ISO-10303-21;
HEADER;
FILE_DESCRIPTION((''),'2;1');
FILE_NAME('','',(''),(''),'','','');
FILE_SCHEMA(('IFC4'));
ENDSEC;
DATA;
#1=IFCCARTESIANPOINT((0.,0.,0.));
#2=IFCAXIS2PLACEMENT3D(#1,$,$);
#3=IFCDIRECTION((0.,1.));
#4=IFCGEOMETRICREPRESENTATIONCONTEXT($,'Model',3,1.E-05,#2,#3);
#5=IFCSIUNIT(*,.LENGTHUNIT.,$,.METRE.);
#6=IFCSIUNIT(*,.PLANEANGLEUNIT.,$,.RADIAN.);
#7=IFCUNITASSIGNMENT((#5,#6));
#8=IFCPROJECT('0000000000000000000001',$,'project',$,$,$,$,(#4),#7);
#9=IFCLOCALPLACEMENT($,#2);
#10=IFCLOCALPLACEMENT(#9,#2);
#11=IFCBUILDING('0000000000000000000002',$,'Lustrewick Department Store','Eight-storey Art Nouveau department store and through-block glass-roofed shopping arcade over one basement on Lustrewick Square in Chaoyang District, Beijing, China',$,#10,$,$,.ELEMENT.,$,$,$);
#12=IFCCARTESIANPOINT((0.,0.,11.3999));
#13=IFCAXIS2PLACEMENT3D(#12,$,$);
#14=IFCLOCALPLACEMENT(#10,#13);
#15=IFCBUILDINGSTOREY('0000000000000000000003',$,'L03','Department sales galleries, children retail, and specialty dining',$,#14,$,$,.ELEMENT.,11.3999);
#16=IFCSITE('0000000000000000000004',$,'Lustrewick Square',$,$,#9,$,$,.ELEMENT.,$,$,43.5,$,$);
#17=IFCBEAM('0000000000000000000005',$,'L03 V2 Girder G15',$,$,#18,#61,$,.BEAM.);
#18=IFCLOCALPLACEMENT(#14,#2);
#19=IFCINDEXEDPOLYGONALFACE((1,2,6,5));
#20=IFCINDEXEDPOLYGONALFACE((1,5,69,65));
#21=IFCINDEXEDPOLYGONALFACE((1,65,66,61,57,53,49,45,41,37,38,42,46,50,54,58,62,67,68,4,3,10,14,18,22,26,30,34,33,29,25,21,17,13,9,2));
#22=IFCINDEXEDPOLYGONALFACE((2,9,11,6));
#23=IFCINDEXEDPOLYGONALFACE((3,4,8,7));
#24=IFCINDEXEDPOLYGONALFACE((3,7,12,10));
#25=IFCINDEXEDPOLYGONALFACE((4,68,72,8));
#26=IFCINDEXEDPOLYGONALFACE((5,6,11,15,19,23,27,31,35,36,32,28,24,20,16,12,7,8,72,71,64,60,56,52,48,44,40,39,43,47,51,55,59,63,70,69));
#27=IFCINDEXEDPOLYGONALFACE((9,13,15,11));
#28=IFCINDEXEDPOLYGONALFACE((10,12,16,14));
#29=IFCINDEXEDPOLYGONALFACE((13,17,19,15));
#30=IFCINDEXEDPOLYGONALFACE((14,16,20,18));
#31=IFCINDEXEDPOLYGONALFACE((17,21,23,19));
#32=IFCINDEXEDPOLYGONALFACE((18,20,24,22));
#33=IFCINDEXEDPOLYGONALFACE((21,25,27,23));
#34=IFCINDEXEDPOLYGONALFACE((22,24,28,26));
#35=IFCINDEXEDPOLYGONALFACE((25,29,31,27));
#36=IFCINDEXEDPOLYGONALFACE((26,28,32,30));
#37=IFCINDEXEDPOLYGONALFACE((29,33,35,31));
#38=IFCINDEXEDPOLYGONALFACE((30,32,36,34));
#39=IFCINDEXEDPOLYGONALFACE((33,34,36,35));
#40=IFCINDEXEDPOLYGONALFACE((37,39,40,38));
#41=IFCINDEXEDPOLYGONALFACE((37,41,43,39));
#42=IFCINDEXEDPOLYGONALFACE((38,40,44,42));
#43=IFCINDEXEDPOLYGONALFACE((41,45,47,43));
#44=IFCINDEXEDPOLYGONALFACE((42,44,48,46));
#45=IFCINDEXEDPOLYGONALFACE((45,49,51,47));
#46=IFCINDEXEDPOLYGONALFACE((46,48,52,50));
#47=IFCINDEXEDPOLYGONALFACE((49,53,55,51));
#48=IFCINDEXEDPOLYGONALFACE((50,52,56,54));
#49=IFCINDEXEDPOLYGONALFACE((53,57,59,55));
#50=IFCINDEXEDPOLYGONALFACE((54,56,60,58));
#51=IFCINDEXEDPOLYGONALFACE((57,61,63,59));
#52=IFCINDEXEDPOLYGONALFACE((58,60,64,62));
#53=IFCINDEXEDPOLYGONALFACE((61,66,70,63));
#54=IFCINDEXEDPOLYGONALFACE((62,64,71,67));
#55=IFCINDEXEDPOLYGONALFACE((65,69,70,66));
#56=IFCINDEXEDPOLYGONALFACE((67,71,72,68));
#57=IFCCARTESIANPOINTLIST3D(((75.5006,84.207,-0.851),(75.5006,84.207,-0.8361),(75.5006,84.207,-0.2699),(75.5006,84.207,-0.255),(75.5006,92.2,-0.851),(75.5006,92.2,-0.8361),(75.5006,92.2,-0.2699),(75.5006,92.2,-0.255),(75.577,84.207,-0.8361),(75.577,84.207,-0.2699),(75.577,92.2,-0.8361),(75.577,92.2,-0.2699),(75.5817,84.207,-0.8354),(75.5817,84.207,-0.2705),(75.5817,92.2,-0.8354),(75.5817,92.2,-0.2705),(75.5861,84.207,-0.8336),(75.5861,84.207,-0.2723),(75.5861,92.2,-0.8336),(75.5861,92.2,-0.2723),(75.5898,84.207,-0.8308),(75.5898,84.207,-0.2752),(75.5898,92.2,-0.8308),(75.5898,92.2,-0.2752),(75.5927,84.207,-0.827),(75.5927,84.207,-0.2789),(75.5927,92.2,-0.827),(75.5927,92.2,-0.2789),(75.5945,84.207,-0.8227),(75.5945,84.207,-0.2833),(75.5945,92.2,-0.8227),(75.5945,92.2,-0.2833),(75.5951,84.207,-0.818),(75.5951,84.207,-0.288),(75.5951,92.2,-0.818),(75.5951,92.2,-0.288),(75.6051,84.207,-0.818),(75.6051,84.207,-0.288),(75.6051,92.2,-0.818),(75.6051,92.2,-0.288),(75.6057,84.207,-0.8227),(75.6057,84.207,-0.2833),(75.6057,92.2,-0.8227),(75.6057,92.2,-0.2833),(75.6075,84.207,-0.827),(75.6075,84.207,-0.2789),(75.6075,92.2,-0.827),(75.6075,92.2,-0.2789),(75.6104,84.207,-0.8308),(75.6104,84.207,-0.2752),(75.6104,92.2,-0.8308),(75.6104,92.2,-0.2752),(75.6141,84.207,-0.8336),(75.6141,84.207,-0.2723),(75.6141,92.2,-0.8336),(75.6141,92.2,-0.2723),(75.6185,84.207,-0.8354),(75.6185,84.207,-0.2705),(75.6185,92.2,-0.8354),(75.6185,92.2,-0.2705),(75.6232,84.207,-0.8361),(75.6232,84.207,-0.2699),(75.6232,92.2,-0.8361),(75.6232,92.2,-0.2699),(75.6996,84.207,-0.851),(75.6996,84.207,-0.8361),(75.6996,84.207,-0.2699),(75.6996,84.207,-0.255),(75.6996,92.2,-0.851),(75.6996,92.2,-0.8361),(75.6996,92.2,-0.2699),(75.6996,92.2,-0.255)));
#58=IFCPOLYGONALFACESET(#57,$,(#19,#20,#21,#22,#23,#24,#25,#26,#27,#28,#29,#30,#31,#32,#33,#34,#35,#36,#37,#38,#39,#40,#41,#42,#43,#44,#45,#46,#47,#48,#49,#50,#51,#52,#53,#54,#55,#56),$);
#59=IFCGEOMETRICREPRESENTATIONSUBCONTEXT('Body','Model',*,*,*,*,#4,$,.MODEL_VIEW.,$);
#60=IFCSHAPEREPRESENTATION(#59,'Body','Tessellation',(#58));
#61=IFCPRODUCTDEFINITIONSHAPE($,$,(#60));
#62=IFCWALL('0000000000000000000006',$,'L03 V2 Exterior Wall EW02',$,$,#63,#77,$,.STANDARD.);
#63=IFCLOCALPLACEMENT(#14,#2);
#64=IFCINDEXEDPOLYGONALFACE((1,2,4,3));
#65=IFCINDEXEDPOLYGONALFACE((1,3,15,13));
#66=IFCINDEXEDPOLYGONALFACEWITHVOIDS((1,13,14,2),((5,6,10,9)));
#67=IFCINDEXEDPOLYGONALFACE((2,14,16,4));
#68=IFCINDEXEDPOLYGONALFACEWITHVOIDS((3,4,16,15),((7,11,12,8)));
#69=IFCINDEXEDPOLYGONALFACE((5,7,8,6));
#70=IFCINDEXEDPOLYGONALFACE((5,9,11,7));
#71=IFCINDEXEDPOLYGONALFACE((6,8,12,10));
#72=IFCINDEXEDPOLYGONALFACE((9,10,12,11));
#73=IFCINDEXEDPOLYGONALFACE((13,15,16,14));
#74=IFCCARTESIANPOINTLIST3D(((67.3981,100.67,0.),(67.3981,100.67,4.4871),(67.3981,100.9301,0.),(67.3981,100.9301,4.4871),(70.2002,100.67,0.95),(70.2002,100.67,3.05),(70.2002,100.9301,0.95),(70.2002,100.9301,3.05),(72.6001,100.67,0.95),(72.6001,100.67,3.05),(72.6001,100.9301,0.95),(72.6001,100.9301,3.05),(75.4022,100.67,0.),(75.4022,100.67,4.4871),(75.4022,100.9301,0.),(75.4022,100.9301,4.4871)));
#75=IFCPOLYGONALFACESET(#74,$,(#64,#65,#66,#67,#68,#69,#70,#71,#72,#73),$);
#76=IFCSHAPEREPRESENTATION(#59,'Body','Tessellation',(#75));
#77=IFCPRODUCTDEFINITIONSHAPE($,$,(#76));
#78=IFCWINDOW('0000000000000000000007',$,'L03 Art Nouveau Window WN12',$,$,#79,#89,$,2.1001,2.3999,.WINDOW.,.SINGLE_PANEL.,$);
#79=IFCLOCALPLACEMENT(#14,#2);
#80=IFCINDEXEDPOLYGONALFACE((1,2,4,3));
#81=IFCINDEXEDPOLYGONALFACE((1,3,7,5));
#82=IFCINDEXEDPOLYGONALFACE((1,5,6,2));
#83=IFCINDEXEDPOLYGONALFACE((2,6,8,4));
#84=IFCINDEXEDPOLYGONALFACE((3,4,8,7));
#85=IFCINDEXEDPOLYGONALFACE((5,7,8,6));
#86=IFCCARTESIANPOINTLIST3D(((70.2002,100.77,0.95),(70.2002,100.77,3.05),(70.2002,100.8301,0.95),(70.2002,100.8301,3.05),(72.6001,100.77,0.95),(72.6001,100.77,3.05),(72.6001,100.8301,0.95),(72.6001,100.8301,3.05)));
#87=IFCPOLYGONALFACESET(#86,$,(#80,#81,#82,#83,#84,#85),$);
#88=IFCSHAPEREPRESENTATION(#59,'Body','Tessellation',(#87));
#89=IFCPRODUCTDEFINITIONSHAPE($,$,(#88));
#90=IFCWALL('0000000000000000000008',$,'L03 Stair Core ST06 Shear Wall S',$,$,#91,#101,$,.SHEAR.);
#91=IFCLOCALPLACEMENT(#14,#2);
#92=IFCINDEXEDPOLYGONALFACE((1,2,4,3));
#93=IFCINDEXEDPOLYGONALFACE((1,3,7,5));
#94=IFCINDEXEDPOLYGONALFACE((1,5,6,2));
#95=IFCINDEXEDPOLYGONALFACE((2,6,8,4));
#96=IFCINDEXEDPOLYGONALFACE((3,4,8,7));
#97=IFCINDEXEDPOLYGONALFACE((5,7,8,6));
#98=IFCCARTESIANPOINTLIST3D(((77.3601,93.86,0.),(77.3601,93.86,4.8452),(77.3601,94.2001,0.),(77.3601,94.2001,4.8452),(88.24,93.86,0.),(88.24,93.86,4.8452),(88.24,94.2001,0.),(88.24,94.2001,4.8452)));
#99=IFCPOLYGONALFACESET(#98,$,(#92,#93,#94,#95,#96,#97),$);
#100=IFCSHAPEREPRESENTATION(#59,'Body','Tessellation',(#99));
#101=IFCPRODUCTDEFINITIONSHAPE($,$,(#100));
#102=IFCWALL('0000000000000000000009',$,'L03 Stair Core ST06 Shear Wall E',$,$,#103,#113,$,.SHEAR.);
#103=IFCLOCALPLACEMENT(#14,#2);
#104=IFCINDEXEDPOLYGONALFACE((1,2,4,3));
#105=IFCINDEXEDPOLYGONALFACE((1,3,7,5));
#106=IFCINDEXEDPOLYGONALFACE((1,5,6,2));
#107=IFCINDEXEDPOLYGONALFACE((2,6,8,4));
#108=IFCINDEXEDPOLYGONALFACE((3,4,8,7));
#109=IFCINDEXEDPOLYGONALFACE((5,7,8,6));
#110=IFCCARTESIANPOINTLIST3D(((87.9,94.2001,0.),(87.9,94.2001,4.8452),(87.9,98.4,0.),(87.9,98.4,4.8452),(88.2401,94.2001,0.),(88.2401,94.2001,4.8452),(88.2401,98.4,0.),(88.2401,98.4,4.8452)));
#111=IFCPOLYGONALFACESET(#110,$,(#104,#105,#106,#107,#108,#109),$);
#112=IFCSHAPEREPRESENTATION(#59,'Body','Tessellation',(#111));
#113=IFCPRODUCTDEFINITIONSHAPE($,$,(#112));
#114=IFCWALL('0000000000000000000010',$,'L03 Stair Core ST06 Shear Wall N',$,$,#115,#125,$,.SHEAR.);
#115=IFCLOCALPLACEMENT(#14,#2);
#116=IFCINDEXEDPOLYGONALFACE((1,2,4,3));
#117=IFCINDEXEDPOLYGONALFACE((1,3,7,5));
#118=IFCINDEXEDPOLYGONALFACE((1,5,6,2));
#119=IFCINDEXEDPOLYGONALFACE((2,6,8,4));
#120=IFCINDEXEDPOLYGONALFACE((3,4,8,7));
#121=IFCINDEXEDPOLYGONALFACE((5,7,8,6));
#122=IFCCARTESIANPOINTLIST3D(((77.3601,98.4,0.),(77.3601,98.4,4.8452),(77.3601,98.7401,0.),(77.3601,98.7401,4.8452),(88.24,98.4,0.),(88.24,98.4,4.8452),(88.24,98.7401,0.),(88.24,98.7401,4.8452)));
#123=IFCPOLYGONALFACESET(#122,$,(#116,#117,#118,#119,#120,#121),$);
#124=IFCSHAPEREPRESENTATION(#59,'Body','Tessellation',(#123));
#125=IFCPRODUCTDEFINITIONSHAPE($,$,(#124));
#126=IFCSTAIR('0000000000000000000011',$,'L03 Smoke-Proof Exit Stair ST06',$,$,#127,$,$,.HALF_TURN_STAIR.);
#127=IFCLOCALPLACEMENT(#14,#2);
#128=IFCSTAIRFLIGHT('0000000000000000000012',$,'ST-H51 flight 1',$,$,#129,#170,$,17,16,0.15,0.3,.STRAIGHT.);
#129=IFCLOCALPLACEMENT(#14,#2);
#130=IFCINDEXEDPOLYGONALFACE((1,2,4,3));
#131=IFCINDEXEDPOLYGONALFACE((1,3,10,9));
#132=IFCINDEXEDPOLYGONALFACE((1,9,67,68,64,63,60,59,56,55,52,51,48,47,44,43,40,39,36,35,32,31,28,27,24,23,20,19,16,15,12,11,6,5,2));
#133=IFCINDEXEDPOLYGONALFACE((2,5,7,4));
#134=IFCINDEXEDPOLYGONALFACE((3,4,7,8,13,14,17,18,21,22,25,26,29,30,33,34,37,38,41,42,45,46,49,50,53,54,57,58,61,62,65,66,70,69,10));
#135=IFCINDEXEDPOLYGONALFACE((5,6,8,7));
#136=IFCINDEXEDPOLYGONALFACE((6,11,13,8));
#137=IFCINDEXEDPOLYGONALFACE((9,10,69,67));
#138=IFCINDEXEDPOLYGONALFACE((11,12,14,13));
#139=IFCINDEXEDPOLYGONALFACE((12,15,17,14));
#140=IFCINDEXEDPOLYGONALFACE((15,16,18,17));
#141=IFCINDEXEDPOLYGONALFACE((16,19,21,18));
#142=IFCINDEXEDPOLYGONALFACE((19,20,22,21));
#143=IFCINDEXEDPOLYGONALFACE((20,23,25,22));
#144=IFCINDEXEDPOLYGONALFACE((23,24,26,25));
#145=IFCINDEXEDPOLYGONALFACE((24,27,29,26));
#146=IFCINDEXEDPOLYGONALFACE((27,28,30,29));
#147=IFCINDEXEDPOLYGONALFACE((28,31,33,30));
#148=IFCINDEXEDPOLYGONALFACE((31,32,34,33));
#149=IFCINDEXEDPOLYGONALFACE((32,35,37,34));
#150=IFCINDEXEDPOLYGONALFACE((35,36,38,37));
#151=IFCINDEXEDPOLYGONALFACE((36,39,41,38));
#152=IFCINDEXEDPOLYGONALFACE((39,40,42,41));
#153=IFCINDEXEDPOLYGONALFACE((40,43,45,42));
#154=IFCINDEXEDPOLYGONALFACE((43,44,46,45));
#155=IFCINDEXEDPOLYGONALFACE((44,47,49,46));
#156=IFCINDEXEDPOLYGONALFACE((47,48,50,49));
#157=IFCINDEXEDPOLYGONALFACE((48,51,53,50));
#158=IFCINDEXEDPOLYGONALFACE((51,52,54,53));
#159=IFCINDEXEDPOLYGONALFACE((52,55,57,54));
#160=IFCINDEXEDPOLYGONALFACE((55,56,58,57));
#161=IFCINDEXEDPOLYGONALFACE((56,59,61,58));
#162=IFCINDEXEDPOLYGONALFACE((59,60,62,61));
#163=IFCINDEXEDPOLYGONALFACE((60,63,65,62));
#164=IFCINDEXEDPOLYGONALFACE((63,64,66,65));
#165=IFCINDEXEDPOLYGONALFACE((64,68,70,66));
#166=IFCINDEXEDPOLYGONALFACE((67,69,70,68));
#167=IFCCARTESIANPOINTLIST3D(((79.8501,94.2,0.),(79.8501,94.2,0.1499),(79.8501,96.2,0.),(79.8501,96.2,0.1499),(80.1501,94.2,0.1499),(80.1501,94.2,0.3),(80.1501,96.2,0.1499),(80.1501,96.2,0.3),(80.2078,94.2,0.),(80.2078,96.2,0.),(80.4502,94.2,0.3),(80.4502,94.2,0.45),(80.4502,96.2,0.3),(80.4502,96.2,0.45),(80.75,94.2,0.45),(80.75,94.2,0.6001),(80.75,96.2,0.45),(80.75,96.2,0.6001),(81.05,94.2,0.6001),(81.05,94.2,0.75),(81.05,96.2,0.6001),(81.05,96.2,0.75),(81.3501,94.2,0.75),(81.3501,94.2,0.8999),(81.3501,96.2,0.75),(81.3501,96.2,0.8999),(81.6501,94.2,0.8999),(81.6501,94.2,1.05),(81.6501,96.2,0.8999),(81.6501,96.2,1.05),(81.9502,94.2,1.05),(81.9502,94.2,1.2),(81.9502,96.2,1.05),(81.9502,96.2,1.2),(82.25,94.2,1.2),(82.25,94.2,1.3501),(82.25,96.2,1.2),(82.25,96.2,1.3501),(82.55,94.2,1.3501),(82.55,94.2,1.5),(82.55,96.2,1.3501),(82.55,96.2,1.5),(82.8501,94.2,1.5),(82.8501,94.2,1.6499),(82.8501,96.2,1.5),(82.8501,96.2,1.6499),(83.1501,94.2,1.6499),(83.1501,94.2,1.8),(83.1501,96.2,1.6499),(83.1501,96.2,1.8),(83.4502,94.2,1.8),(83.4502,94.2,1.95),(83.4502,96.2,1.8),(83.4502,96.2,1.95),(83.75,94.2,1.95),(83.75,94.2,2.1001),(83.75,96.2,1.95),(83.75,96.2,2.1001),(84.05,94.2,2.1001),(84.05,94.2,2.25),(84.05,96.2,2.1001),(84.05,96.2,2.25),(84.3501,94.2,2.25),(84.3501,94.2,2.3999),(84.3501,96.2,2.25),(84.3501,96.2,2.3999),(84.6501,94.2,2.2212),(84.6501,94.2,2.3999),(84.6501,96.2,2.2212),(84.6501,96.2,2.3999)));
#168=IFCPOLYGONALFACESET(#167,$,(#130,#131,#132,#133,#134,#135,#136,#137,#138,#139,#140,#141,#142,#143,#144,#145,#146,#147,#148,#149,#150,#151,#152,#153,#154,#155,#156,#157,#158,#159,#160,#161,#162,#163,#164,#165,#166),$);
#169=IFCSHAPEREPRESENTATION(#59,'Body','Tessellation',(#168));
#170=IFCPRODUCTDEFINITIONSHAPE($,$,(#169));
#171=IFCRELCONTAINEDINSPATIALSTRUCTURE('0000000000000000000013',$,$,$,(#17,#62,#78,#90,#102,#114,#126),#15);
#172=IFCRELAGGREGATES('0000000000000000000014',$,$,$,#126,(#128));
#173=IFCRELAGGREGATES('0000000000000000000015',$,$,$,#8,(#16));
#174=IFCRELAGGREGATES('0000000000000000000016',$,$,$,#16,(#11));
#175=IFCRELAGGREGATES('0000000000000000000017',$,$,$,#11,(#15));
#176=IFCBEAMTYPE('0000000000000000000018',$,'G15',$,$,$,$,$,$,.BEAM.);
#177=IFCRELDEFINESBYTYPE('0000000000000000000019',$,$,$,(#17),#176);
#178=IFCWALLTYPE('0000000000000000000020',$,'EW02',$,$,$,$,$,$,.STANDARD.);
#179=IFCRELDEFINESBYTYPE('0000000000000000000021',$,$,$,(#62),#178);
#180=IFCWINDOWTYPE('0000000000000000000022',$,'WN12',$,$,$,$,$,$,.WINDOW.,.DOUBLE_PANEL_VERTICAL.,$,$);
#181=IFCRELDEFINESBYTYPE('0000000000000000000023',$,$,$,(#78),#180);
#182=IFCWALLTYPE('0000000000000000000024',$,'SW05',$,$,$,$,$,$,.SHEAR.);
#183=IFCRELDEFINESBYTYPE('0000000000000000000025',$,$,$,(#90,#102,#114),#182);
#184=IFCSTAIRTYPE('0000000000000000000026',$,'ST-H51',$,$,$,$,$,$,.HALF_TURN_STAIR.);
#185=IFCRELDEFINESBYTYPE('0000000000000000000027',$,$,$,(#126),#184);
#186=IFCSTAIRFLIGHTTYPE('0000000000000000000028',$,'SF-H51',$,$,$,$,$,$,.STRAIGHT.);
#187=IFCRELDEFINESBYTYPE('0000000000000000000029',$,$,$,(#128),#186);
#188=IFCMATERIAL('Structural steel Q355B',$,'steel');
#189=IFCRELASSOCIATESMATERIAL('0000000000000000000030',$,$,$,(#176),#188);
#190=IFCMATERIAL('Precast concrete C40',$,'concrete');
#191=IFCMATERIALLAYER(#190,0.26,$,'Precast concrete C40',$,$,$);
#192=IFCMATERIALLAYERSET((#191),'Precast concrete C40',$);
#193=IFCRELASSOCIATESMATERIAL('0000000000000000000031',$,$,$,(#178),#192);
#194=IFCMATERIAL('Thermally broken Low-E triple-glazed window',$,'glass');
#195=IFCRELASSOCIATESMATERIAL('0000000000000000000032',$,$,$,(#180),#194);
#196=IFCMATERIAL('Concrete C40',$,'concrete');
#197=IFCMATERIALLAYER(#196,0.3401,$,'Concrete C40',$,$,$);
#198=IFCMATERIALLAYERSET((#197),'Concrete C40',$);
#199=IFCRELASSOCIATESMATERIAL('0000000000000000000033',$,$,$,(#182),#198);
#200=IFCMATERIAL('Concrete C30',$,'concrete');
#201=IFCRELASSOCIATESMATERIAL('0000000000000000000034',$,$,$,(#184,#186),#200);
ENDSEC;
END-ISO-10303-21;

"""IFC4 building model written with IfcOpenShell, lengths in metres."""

from ifc_helpers import new_model, si_unit, direction, frame, frame_2d, origin, origin_2d, place, context, subcontext, project, spatial, polyline, rectangle, i_section, outline, extrude, material, layer, layer_set, material_profile, profile_set, type_object, element, fill, aggregate, save


model = new_model("IFC4")

# Units and contexts
model_context = context("Model", 3, precision=1e-05, world=origin(), true_north=direction((0.0, 1.0)))
body_context = subcontext(model_context, "Body", "Model", "MODEL_VIEW")
ifc_project = project(units=[si_unit("LENGTHUNIT", "METRE"), si_unit("PLANEANGLEUNIT", "RADIAN")], contexts=[model_context])

# Site, building, storey
site_placement = place(None, origin())
site = spatial("IfcSite", under=ifc_project, at=site_placement, Name="Lustrewick Square", CompositionType="ELEMENT", RefElevation=43.5)
building_placement = place(site_placement, origin())
building = spatial("IfcBuilding", under=site, at=building_placement, Name="Lustrewick Department Store", Description="Eight-storey Art Nouveau department store and through-block glass-roofed shopping arcade over one basement on Lustrewick Square in Chaoyang District, Beijing, China", CompositionType="ELEMENT")
storey_placement = place(building_placement, frame((0.0, 0.0, 11.3999)))
storey = spatial("IfcBuildingStorey", under=building, at=storey_placement, Name="L03", Description="Department sales galleries, children retail, and specialty dining", CompositionType="ELEMENT", Elevation=11.3999)

# Shared definitions
ifc_material_1 = material(Name="Structural steel Q355B", Category="steel")

# Beam
ifc_material_profile_1 = material_profile(ifc_material_1, i_section(OverallWidth=0.199, OverallDepth=0.5959, WebThickness=0.01, FlangeThickness=0.0149, FilletRadius=0.0181, at=origin_2d()), Name="HN 596x199x10x15")
ifc_profile_set_1 = profile_set([ifc_material_profile_1], Name="Structural steel Q355B")
beam_type_1 = type_object("IfcBeamType", Name="G15", PredefinedType="BEAM", material=ifc_profile_set_1)
beam_1_placement = place(storey_placement, frame((75.6001, 84.207, -0.553), z_axis=(0.0, 1.0, 0.0), x_axis=(-1.0, 0.0, 0.0)))
element("IfcBeam", 1, at=beam_1_placement, inside=storey, type_object=beam_type_1, Name="L03 V2 Girder G15", PredefinedType="BEAM", context=body_context, shape_type="SweptSolid", body=[
    extrude(i_section(OverallWidth=0.199, OverallDepth=0.5959, WebThickness=0.01, FlangeThickness=0.0149, FilletRadius=0.0181, at=origin_2d()), origin(), (0.0, 0.0, 1.0), 7.9929),
])

# Wall, opening, window
ifc_material_2 = material(Name="Precast concrete C40", Category="concrete")
ifc_layer_1 = layer(ifc_material_2, 0.26, Name="Precast concrete C40")
ifc_layer_set_1 = layer_set([ifc_layer_1], Name="Precast concrete C40")
wall_type_1 = type_object("IfcWallType", Name="EW02", PredefinedType="STANDARD", material=ifc_layer_set_1)
wall_1_placement = place(storey_placement, frame((75.4021, 100.8, 0.0), z_axis=(0.0, 0.0, 1.0), x_axis=(-1.0, 0.0, 0.0)))
wall_1 = element("IfcWall", 2, at=wall_1_placement, inside=storey, type_object=wall_type_1, Name="L03 V2 Exterior Wall EW02", PredefinedType="STANDARD", context=body_context, shape_type="SweptSolid", body=[
    extrude(rectangle(XDim=8.0042, YDim=0.26, at=frame_2d((4.002, 0.0))), origin(), (0.0, 0.0, 1.0), 4.4871),
])
opening_1_placement = place(wall_1_placement, frame((2.802, 0.0, 0.95)))
opening_1 = element("IfcOpeningElement", 3, at=opening_1_placement, cuts=wall_1, PredefinedType="OPENING", context=body_context, shape_type="SweptSolid", body=[
    extrude(rectangle(XDim=2.3999, YDim=2.1001, at=frame_2d((1.2, 1.05))), frame((0.0, 0.1401, 0.0), z_axis=(0.0, -1.0, 0.0), x_axis=(1.0, 0.0, 0.0)), (0.0, 0.0, 1.0), 0.28),
])
ifc_material_3 = material(Name="Thermally broken Low-E triple-glazed window", Category="glass")
window_type = type_object("IfcWindowType", Name="WN12", PartitioningType="DOUBLE_PANEL_VERTICAL", PredefinedType="WINDOW", material=ifc_material_3)
window_placement = place(opening_1_placement, origin())
window = element("IfcWindow", 4, at=window_placement, inside=storey, type_object=window_type, Name="L03 Art Nouveau Window WN12", OverallHeight=2.1001, OverallWidth=2.3999, PartitioningType="SINGLE_PANEL", PredefinedType="WINDOW", context=body_context, shape_type="SweptSolid", body=[
    extrude(rectangle(XDim=2.3999, YDim=2.1001, at=frame_2d((1.2, 1.05))), frame((0.0, 0.03, 0.0), z_axis=(0.0, -1.0, 0.0), x_axis=(1.0, 0.0, 0.0)), (0.0, 0.0, 1.0), 0.0601),
])
fill(opening_1, window)

# Walls
ifc_material_4 = material(Name="Concrete C40", Category="concrete")
ifc_layer_2 = layer(ifc_material_4, 0.3401, Name="Concrete C40")
ifc_layer_set_2 = layer_set([ifc_layer_2], Name="Concrete C40")
wall_type_2 = type_object("IfcWallType", Name="SW05", PredefinedType="SHEAR", material=ifc_layer_set_2)
wall_2_placement = place(storey_placement, frame((77.3601, 94.03, 0.0), z_axis=(0.0, 0.0, 1.0), x_axis=(1.0, 0.0, 0.0)))
element("IfcWall", 5, at=wall_2_placement, inside=storey, type_object=wall_type_2, Name="L03 Stair Core ST06 Shear Wall S", PredefinedType="SHEAR", context=body_context, shape_type="SweptSolid", body=[
    extrude(rectangle(XDim=10.8799, YDim=0.3401, at=frame_2d((5.4399, 0.0))), origin(), (0.0, 0.0, 1.0), 4.8452),
])
wall_3_placement = place(storey_placement, frame((88.0701, 94.2, 0.0), z_axis=(0.0, 0.0, 1.0), x_axis=(0.0, 1.0, 0.0)))
element("IfcWall", 6, at=wall_3_placement, inside=storey, type_object=wall_type_2, Name="L03 Stair Core ST06 Shear Wall E", PredefinedType="SHEAR", context=body_context, shape_type="SweptSolid", body=[
    extrude(rectangle(XDim=4.2, YDim=0.3401, at=frame_2d((2.1001, 0.0))), origin(), (0.0, 0.0, 1.0), 4.8452),
])
wall_4_placement = place(storey_placement, frame((88.24, 98.5701, 0.0), z_axis=(0.0, 0.0, 1.0), x_axis=(-1.0, 0.0, 0.0)))
element("IfcWall", 7, at=wall_4_placement, inside=storey, type_object=wall_type_2, Name="L03 Stair Core ST06 Shear Wall N", PredefinedType="SHEAR", context=body_context, shape_type="SweptSolid", body=[
    extrude(rectangle(XDim=10.8799, YDim=0.3401, at=frame_2d((5.4399, 0.0))), origin(), (0.0, 0.0, 1.0), 4.8452),
])

# Stair, stair flight
ifc_material_5 = material(Name="Concrete C30", Category="concrete")
stair_type = type_object("IfcStairType", Name="ST-H51", PredefinedType="HALF_TURN_STAIR", material=ifc_material_5)
stair_placement = place(storey_placement, origin())
stair = element("IfcStair", 8, at=stair_placement, inside=storey, type_object=stair_type, Name="L03 Smoke-Proof Exit Stair ST06", PredefinedType="HALF_TURN_STAIR")
stair_flight_type = type_object("IfcStairFlightType", Name="SF-H51", PredefinedType="STRAIGHT", material=ifc_material_5)
stair_flight_1_placement = place(storey_placement, frame((79.8501, 95.2, 0.0), z_axis=(0.0, 0.0, 1.0), x_axis=(1.0, 0.0, 0.0)))
stair_flight_1 = element("IfcStairFlight", 9, at=stair_flight_1_placement, type_object=stair_flight_type, Name="ST-H51 flight 1", NumberOfRisers=17, NumberOfTreads=16, PredefinedType="STRAIGHT", RiserHeight=0.15, TreadLength=0.3, context=body_context, shape_type="SweptSolid", body=[
    extrude(outline(polyline([(0.0, 0.0), (0.0, 0.1499), (0.3, 0.1499), (0.3, 0.3), (0.6001, 0.3), (0.6001, 0.45), (0.8999, 0.45), (0.8999, 0.6001), (1.2, 0.6001), (1.2, 0.75), (1.5, 0.75), (1.5, 0.8999), (1.8, 0.8999), (1.8, 1.05), (2.1001, 1.05), (2.1001, 1.2), (2.3999, 1.2), (2.3999, 1.3501), (2.7, 1.3501), (2.7, 1.5), (3.0, 1.5), (3.0, 1.6499), (3.3, 1.6499), (3.3, 1.8), (3.6001, 1.8), (3.6001, 1.95), (3.8999, 1.95), (3.8999, 2.1001), (4.2, 2.1001), (4.2, 2.25), (4.5, 2.25), (4.5, 2.3999), (4.8, 2.3999), (4.8, 2.55), (4.8, 2.2212), (0.3577, 0.0), (0.0, 0.0)])), frame((0.0, 1.0, 0.0), z_axis=(0.0, -1.0, 0.0), x_axis=(1.0, 0.0, 0.0)), (0.0, 0.0, 1.0), 2.0),
])
aggregate(stair, [stair_flight_1])

save(model, "model.ifc")
